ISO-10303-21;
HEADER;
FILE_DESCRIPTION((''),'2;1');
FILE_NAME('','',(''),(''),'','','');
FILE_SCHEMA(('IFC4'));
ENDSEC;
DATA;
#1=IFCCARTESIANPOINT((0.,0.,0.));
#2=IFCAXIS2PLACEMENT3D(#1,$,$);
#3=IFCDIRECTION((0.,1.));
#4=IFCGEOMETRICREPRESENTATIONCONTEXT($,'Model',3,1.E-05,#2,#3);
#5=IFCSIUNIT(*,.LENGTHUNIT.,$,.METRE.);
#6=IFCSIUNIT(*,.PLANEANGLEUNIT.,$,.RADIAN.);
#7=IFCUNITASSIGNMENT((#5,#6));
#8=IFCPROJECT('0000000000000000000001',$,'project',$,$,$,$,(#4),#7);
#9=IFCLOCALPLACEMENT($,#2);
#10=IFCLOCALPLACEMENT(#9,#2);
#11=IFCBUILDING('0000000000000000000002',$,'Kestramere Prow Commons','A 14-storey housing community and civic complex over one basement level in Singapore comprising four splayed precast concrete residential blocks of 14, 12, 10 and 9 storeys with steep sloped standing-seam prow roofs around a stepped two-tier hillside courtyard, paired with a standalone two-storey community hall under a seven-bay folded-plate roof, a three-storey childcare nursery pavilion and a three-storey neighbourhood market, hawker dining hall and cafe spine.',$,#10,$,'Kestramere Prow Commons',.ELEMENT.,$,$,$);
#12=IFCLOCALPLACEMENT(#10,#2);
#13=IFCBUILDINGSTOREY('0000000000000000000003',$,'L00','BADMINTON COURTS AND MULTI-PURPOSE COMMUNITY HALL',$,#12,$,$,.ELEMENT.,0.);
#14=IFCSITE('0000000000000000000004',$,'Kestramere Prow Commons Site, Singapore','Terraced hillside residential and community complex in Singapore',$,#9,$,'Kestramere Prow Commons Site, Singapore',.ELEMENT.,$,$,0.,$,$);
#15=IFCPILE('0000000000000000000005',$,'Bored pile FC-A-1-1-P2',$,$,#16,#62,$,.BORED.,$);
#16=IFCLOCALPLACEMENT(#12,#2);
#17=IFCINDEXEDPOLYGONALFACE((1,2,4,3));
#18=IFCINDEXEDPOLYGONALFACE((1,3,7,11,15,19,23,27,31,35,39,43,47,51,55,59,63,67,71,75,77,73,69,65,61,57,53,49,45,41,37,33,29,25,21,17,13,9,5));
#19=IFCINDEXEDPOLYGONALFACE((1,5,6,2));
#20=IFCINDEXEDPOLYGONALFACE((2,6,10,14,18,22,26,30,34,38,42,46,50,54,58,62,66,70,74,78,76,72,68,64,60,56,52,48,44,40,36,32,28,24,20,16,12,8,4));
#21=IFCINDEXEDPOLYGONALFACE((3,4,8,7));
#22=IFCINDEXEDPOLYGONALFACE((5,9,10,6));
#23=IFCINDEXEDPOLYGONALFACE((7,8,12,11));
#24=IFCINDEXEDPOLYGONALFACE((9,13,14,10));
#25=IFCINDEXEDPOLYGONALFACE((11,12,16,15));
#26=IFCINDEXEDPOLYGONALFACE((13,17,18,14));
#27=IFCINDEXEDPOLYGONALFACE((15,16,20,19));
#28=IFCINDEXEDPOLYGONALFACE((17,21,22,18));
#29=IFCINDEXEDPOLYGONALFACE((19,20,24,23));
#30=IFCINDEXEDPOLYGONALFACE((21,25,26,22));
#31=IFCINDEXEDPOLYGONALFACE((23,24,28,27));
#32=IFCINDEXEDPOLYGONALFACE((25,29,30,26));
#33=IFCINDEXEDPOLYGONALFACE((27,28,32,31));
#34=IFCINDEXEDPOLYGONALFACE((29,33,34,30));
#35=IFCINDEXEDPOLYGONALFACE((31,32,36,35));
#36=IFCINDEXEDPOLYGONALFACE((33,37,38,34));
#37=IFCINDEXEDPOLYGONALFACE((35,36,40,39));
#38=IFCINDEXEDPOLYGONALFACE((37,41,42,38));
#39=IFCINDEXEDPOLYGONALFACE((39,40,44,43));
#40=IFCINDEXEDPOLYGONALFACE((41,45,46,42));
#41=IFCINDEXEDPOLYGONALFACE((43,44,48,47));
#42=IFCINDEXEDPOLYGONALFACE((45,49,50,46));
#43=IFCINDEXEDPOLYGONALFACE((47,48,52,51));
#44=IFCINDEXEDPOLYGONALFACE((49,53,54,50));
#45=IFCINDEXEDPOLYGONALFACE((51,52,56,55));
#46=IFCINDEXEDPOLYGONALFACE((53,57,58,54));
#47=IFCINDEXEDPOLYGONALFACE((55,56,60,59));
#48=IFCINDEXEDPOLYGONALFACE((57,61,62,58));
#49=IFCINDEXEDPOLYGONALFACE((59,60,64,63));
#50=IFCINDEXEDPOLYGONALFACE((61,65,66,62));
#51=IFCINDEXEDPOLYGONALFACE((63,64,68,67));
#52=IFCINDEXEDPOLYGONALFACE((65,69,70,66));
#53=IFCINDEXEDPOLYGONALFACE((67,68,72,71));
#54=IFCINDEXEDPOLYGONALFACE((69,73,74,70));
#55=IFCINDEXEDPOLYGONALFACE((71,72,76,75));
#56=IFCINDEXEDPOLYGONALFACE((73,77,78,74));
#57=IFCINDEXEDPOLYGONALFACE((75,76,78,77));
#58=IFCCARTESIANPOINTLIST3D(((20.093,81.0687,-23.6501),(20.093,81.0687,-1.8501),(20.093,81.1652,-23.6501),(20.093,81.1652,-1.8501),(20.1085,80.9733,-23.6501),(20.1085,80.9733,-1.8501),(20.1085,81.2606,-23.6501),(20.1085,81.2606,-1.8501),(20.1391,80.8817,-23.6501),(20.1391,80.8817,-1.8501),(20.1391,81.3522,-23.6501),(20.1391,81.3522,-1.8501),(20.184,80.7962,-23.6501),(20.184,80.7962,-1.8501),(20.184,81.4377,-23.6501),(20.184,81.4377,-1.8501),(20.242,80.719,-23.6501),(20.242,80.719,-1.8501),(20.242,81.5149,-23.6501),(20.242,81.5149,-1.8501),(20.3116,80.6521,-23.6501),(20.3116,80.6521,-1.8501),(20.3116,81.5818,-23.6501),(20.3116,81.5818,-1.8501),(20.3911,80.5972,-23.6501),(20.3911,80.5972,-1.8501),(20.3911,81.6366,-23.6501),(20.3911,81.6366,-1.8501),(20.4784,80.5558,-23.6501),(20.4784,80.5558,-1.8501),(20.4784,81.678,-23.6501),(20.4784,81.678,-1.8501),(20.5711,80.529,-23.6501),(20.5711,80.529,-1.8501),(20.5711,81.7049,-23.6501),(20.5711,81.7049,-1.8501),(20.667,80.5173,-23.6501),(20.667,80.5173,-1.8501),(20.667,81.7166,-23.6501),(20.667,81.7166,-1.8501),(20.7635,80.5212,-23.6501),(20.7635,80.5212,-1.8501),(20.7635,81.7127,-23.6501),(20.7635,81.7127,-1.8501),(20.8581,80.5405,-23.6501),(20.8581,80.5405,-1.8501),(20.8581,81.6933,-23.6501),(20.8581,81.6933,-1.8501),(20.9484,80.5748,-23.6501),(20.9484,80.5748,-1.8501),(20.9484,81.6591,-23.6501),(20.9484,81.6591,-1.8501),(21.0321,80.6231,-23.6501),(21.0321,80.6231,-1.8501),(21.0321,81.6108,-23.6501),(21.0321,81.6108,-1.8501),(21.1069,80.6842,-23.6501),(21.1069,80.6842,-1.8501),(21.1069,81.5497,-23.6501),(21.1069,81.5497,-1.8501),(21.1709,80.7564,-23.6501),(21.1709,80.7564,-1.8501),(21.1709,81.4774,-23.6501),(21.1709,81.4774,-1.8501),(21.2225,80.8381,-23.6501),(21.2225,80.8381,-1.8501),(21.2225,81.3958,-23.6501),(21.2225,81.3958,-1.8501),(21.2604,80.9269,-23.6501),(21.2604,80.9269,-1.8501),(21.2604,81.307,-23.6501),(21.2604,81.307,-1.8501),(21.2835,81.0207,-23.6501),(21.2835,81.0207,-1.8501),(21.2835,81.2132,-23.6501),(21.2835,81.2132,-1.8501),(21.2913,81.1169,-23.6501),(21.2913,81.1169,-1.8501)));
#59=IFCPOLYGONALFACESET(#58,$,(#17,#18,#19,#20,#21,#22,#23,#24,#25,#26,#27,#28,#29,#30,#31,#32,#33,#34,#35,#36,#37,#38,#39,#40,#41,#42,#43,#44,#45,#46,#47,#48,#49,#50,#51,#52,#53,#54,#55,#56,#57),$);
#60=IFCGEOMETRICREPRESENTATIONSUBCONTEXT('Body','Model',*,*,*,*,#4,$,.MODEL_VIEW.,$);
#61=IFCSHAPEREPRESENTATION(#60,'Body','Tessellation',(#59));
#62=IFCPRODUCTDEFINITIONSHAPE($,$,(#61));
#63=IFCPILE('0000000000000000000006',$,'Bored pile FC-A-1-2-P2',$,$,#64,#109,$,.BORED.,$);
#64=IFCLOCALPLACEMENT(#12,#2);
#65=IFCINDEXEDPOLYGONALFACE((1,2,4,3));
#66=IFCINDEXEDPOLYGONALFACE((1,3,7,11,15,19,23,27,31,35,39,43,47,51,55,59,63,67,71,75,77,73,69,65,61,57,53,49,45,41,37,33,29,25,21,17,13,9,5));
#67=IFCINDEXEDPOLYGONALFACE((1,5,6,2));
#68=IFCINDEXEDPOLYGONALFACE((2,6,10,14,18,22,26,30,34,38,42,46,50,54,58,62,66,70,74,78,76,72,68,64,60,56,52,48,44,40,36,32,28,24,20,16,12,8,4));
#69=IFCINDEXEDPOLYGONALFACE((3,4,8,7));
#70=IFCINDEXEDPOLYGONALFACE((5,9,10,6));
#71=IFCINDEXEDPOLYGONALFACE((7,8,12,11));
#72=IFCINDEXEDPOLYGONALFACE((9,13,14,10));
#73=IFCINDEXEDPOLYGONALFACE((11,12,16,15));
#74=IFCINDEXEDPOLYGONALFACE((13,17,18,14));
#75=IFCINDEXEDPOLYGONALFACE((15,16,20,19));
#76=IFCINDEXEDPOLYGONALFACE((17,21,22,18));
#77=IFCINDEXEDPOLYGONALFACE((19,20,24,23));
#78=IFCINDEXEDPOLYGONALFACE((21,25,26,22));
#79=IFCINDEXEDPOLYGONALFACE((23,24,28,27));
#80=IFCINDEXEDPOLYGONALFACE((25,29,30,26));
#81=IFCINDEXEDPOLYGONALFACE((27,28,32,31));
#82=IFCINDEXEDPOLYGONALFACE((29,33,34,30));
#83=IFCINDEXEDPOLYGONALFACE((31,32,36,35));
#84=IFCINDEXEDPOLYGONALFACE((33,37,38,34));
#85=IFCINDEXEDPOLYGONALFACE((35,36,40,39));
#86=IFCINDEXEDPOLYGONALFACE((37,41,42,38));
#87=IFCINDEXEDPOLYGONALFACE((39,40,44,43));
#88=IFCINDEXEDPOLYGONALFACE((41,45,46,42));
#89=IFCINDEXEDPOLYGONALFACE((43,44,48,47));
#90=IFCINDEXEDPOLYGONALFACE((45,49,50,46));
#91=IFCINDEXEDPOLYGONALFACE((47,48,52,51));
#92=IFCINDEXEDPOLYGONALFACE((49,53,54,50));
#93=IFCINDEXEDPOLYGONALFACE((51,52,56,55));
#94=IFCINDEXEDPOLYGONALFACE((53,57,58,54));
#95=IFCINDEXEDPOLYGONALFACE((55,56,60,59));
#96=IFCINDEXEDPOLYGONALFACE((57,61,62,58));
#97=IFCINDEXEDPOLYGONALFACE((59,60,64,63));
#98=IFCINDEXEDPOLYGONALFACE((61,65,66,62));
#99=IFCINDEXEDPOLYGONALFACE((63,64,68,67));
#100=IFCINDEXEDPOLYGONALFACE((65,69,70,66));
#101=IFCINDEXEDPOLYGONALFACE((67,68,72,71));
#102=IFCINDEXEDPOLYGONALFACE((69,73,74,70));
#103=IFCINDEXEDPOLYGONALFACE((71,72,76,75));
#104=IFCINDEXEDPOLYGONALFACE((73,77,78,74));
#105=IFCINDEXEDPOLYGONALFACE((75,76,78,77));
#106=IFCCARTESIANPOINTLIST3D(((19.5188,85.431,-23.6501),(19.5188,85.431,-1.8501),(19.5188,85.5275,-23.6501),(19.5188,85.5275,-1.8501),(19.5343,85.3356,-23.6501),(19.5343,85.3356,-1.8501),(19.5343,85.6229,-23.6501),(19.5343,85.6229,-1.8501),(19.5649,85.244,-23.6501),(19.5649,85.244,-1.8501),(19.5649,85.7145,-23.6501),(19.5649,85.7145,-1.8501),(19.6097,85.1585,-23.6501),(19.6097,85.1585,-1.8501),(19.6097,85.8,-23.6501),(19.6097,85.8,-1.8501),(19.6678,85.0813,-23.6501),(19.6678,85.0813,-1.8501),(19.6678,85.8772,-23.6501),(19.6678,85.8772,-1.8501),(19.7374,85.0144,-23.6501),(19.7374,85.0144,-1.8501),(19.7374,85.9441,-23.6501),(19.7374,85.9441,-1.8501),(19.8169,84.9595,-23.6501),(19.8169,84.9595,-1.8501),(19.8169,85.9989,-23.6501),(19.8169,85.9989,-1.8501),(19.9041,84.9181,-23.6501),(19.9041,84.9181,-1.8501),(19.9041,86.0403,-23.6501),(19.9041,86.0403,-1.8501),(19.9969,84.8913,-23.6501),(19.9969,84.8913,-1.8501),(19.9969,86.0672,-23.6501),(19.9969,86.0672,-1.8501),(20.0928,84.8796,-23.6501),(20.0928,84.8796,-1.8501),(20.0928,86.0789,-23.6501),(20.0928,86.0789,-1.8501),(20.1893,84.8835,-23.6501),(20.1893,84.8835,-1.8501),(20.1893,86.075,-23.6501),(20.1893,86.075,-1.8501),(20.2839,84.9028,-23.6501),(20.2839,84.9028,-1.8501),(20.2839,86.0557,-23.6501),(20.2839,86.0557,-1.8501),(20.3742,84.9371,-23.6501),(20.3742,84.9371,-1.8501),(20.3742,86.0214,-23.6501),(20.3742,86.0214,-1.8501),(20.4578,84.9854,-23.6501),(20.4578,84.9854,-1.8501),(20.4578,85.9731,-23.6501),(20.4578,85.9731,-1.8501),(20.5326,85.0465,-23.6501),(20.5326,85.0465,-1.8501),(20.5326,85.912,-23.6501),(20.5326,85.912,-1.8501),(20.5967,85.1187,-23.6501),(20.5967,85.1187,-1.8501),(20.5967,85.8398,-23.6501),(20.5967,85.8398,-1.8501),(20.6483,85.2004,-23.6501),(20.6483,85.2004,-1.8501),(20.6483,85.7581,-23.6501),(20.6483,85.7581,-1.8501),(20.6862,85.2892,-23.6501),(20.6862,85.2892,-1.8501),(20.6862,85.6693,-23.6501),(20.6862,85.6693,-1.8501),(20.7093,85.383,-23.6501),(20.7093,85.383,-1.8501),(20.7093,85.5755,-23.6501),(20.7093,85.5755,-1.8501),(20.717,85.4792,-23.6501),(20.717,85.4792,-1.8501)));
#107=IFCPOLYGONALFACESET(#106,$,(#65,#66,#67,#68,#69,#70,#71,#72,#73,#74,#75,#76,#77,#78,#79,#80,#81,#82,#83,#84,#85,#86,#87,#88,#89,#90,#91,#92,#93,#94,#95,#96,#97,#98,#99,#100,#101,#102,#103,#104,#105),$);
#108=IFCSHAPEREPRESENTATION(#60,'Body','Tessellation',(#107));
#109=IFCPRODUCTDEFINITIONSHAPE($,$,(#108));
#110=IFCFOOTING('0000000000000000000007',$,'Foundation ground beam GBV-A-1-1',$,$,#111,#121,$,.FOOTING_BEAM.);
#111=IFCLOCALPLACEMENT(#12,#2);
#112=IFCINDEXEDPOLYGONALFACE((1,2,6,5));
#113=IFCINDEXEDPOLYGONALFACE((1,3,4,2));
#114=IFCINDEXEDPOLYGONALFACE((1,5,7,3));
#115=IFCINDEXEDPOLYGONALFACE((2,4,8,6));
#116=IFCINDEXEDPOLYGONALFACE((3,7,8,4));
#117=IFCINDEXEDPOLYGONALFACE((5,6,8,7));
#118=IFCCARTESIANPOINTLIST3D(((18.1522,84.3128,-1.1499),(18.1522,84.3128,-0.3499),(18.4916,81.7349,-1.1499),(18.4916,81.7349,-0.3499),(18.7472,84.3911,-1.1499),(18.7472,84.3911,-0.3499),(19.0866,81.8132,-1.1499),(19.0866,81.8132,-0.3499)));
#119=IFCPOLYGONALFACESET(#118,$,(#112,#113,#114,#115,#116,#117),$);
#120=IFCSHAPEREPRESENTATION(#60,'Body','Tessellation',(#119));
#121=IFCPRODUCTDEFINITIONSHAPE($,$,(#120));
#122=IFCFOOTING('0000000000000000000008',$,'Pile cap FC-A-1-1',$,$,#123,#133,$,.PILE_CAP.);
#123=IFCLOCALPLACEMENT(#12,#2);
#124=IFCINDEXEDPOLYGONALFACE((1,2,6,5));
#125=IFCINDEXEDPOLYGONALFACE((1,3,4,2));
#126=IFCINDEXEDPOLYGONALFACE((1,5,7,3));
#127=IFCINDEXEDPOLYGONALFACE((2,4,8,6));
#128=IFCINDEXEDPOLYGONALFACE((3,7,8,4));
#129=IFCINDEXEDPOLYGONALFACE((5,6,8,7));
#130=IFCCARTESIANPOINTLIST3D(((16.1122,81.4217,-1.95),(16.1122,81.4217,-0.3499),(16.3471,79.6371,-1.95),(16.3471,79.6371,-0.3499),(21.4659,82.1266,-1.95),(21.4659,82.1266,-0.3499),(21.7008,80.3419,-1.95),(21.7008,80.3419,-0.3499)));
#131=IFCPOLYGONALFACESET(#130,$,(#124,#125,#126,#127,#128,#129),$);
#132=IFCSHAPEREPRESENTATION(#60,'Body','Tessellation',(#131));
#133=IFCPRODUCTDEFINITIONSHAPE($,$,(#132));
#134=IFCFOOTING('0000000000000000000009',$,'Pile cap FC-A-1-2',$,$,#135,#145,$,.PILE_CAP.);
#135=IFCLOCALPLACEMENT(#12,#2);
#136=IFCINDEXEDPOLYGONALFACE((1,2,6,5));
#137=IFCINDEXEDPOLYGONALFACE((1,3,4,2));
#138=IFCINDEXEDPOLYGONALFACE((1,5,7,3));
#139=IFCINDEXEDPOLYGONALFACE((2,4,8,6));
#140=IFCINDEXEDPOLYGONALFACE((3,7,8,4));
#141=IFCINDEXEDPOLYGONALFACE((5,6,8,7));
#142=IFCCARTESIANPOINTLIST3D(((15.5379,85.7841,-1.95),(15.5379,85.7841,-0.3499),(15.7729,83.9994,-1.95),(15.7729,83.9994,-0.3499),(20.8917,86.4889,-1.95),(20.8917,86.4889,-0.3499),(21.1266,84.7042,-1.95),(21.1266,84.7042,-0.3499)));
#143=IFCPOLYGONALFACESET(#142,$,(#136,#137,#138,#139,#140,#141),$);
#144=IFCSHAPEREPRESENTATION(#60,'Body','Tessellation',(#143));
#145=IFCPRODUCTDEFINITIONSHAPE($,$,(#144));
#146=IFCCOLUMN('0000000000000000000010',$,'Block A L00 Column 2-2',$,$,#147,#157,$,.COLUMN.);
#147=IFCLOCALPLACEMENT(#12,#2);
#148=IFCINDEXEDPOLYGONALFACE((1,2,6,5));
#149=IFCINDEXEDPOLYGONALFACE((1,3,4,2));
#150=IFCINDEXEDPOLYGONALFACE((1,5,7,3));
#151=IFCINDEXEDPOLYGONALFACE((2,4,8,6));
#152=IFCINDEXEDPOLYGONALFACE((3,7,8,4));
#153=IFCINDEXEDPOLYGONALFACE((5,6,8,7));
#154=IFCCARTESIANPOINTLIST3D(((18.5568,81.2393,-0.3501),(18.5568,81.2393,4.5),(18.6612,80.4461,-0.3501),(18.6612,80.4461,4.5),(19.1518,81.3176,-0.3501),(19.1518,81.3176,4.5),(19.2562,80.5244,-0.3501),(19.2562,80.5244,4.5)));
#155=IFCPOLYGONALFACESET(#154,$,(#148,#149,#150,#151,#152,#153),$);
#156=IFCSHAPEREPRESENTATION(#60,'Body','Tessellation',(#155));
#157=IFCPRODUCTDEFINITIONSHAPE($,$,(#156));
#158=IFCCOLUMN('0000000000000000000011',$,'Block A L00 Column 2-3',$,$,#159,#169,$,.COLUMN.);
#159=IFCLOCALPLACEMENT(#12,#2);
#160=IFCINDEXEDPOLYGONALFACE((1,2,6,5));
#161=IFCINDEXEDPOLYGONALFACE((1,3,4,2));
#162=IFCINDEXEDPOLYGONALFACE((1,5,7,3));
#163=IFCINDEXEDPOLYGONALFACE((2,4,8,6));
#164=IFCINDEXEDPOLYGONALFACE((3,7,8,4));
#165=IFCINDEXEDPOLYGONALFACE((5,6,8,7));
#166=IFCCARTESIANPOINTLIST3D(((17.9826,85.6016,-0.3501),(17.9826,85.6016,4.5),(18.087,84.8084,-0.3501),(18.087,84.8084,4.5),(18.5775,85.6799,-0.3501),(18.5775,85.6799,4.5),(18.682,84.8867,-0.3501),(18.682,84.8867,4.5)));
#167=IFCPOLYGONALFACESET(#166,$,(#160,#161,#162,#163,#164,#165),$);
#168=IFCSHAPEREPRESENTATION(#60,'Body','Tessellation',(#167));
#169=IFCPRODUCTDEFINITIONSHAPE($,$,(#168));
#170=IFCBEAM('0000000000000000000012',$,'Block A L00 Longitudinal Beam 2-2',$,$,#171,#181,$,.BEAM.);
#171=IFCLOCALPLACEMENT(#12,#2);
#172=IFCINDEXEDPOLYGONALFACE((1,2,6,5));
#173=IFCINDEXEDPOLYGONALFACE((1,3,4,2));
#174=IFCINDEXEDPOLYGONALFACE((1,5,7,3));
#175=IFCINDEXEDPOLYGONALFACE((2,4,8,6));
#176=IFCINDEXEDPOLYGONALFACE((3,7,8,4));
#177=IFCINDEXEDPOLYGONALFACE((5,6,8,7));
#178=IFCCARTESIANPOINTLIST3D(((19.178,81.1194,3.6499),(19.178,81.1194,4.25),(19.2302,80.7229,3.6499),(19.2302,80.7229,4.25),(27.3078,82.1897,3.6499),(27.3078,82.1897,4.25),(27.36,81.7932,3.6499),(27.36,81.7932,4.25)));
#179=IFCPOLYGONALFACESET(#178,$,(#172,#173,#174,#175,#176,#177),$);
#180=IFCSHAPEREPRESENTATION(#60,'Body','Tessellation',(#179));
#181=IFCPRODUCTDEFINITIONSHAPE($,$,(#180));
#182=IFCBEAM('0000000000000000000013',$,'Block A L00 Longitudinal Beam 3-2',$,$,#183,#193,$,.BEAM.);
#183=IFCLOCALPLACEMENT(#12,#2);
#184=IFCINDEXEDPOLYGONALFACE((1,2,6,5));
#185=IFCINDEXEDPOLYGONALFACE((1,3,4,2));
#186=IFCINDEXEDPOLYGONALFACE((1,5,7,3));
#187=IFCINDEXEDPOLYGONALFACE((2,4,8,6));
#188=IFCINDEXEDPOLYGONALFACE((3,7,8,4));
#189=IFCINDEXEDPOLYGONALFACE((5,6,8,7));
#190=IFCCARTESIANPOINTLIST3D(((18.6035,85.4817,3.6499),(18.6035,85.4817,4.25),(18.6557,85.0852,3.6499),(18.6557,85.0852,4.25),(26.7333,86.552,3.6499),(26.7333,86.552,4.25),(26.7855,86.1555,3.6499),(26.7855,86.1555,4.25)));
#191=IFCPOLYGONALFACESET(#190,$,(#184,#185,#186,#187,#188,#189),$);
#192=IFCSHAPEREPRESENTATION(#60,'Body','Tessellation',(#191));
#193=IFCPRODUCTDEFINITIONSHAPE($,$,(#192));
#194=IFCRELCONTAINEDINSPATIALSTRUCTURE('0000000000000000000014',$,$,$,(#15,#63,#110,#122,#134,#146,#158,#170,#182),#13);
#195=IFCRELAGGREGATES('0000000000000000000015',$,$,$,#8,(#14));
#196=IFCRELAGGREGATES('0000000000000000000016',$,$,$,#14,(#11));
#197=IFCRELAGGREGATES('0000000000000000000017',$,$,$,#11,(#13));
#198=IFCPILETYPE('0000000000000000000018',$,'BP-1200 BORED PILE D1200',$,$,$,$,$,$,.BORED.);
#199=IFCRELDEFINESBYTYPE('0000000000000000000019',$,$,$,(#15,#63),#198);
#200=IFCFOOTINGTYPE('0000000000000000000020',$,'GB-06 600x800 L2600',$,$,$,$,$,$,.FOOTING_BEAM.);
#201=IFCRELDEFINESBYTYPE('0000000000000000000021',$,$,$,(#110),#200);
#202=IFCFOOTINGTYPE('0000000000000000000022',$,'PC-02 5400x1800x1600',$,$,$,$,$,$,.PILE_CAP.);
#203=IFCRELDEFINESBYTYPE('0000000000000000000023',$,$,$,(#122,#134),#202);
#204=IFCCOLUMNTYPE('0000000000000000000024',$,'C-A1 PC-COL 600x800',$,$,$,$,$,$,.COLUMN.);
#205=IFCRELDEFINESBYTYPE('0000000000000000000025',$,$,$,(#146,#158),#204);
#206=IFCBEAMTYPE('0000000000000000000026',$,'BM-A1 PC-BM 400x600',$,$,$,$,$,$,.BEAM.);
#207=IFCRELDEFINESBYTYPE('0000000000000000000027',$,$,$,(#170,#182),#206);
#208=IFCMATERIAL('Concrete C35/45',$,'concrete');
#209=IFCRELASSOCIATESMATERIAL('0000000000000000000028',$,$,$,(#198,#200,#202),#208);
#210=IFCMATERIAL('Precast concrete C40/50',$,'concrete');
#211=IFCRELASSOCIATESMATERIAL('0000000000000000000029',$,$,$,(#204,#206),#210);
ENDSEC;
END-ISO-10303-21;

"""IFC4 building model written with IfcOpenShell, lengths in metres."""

from ifc_helpers import new_model, si_unit, direction, frame, origin, origin_2d, place, context, subcontext, project, spatial, rectangle, circle, extrude, material, material_profile, profile_set, type_object, element, save


model = new_model("IFC4")

# Units and contexts
model_context = context("Model", 3, precision=1e-05, world=origin(), true_north=direction((0.0, 1.0)))
body_context = subcontext(model_context, "Body", "Model", "MODEL_VIEW")
ifc_project = project(units=[si_unit("LENGTHUNIT", "METRE"), si_unit("PLANEANGLEUNIT", "RADIAN")], contexts=[model_context])

# Site, building, storey
site_placement = place(None, origin())
site = spatial("IfcSite", under=ifc_project, at=site_placement, Name="Kestramere Prow Commons Site, Singapore", Description="Terraced hillside residential and community complex in Singapore", LongName="Kestramere Prow Commons Site, Singapore", CompositionType="ELEMENT", RefElevation=0.0)
building_placement = place(site_placement, origin())
building = spatial("IfcBuilding", under=site, at=building_placement, Name="Kestramere Prow Commons", Description="A 14-storey housing community and civic complex over one basement level in Singapore comprising four splayed precast concrete residential blocks of 14, 12, 10 and 9 storeys with steep sloped standing-seam prow roofs around a stepped two-tier hillside courtyard, paired with a standalone two-storey community hall under a seven-bay folded-plate roof, a three-storey childcare nursery pavilion and a three-storey neighbourhood market, hawker dining hall and cafe spine.", LongName="Kestramere Prow Commons", CompositionType="ELEMENT")
storey_placement = place(building_placement, origin())
storey = spatial("IfcBuildingStorey", under=building, at=storey_placement, Name="L00", Description="BADMINTON COURTS AND MULTI-PURPOSE COMMUNITY HALL", CompositionType="ELEMENT", Elevation=0.0)

# Piles
ifc_material_1 = material(Name="Concrete C35/45", Category="concrete")
ifc_material_profile_1 = material_profile(ifc_material_1, circle(Radius=0.6001, at=origin_2d()), Name="BORED PILE D1200")
ifc_profile_set_1 = profile_set([ifc_material_profile_1], Name="Concrete C35/45")
pile_type = type_object("IfcPileType", Name="BP-1200 BORED PILE D1200", PredefinedType="BORED", material=ifc_profile_set_1)
for number, where, z_axis, x_axis, name in (
    (1, (20.6912, 81.1169, -1.8501), (0.0, 0.0, -1.0), (1.0, 0.0, 0.0), "Bored pile FC-A-1-1-P2"),
    (2, (20.1169, 85.4792, -1.8501), (0.0, 0.0, -1.0), (1.0, 0.0, 0.0), "Bored pile FC-A-1-2-P2"),
):
    element("IfcPile", number, at=place(storey_placement, frame(where, z_axis=z_axis, x_axis=x_axis)), inside=storey, type_object=pile_type, Name=name, PredefinedType="BORED", context=body_context, shape_type="SweptSolid", body=[
        extrude(circle(Radius=0.6001, at=origin_2d()), origin(), (0.0, 0.0, 1.0), 21.8),
    ])

# Footings
footing_type_1 = type_object("IfcFootingType", Name="GB-06 600x800 L2600", PredefinedType="FOOTING_BEAM", material=ifc_material_1)
footing_placement = place(storey_placement, frame((18.6194, 83.063, -1.1499), z_axis=(0.0, 0.0, 1.0), x_axis=(-0.130526, 0.991445, 0.0)))
element("IfcFooting", 3, at=footing_placement, inside=storey, type_object=footing_type_1, Name="Foundation ground beam GBV-A-1-1", PredefinedType="FOOTING_BEAM", context=body_context, shape_type="SweptSolid", body=[
    extrude(rectangle(XDim=2.6001, YDim=0.6001, at=origin_2d()), origin(), (0.0, 0.0, 1.0), 0.8),
])
footing_type_2 = type_object("IfcFootingType", Name="PC-02 5400x1800x1600", PredefinedType="PILE_CAP", material=ifc_material_1)
for number, where, z_axis, x_axis, name in (
    (4, (18.9065, 80.8818, -1.95), (0.0, 0.0, 1.0), (0.991445, 0.130526, 0.0), "Pile cap FC-A-1-1"),
    (5, (18.3323, 85.2441, -1.95), (0.0, 0.0, 1.0), (0.991445, 0.130526, 0.0), "Pile cap FC-A-1-2"),
):
    element("IfcFooting", number, at=place(storey_placement, frame(where, z_axis=z_axis, x_axis=x_axis)), inside=storey, type_object=footing_type_2, Name=name, PredefinedType="PILE_CAP", context=body_context, shape_type="SweptSolid", body=[
        extrude(rectangle(XDim=5.3999, YDim=1.8, at=origin_2d()), origin(), (0.0, 0.0, 1.0), 1.6001),
    ])

# Columns
ifc_material_2 = material(Name="Precast concrete C40/50", Category="concrete")
ifc_material_profile_2 = material_profile(ifc_material_2, rectangle(XDim=0.6001, YDim=0.8, at=origin_2d()), Name="PC-COL 600x800")
ifc_profile_set_2 = profile_set([ifc_material_profile_2], Name="Precast concrete C40/50")
column_type = type_object("IfcColumnType", Name="C-A1 PC-COL 600x800", PredefinedType="COLUMN", material=ifc_profile_set_2)
for number, where, z_axis, x_axis, name in (
    (6, (18.9065, 80.8818, -0.3501), (0.0, 0.0, 1.0), (0.991445, 0.130526, 0.0), "Block A L00 Column 2-2"),
    (7, (18.3323, 85.2441, -0.3501), (0.0, 0.0, 1.0), (0.991445, 0.130526, 0.0), "Block A L00 Column 2-3"),
):
    element("IfcColumn", number, at=place(storey_placement, frame(where, z_axis=z_axis, x_axis=x_axis)), inside=storey, type_object=column_type, Name=name, PredefinedType="COLUMN", context=body_context, shape_type="SweptSolid", body=[
        extrude(rectangle(XDim=0.6001, YDim=0.8, at=origin_2d()), origin(), (0.0, 0.0, 1.0), 4.8501),
    ])

# Beams
ifc_material_profile_3 = material_profile(ifc_material_2, rectangle(XDim=0.3999, YDim=0.6001, at=origin_2d()), Name="PC-BM 400x600")
ifc_profile_set_3 = profile_set([ifc_material_profile_3], Name="Precast concrete C40/50")
beam_type_1 = type_object("IfcBeamType", Name="BM-A1 PC-BM 400x600", PredefinedType="BEAM", material=ifc_profile_set_3)
for number, where, z_axis, x_axis, name in (
    (8, (19.2041, 80.9211, 3.95), (0.991445, 0.130525, 0.0), (-0.130525, 0.991445, 0.0), "Block A L00 Longitudinal Beam 2-2"),
    (9, (18.6296, 85.2834, 3.95), (0.991445, 0.130525, 0.0), (-0.130525, 0.991445, 0.0), "Block A L00 Longitudinal Beam 3-2"),
):
    element("IfcBeam", number, at=place(storey_placement, frame(where, z_axis=z_axis, x_axis=x_axis)), inside=storey, type_object=beam_type_1, Name=name, PredefinedType="BEAM", context=body_context, shape_type="SweptSolid", body=[
        extrude(rectangle(XDim=0.3999, YDim=0.6001, at=origin_2d()), origin(), (0.0, 0.0, 1.0), 8.2),
    ])

save(model, "model.ifc")
